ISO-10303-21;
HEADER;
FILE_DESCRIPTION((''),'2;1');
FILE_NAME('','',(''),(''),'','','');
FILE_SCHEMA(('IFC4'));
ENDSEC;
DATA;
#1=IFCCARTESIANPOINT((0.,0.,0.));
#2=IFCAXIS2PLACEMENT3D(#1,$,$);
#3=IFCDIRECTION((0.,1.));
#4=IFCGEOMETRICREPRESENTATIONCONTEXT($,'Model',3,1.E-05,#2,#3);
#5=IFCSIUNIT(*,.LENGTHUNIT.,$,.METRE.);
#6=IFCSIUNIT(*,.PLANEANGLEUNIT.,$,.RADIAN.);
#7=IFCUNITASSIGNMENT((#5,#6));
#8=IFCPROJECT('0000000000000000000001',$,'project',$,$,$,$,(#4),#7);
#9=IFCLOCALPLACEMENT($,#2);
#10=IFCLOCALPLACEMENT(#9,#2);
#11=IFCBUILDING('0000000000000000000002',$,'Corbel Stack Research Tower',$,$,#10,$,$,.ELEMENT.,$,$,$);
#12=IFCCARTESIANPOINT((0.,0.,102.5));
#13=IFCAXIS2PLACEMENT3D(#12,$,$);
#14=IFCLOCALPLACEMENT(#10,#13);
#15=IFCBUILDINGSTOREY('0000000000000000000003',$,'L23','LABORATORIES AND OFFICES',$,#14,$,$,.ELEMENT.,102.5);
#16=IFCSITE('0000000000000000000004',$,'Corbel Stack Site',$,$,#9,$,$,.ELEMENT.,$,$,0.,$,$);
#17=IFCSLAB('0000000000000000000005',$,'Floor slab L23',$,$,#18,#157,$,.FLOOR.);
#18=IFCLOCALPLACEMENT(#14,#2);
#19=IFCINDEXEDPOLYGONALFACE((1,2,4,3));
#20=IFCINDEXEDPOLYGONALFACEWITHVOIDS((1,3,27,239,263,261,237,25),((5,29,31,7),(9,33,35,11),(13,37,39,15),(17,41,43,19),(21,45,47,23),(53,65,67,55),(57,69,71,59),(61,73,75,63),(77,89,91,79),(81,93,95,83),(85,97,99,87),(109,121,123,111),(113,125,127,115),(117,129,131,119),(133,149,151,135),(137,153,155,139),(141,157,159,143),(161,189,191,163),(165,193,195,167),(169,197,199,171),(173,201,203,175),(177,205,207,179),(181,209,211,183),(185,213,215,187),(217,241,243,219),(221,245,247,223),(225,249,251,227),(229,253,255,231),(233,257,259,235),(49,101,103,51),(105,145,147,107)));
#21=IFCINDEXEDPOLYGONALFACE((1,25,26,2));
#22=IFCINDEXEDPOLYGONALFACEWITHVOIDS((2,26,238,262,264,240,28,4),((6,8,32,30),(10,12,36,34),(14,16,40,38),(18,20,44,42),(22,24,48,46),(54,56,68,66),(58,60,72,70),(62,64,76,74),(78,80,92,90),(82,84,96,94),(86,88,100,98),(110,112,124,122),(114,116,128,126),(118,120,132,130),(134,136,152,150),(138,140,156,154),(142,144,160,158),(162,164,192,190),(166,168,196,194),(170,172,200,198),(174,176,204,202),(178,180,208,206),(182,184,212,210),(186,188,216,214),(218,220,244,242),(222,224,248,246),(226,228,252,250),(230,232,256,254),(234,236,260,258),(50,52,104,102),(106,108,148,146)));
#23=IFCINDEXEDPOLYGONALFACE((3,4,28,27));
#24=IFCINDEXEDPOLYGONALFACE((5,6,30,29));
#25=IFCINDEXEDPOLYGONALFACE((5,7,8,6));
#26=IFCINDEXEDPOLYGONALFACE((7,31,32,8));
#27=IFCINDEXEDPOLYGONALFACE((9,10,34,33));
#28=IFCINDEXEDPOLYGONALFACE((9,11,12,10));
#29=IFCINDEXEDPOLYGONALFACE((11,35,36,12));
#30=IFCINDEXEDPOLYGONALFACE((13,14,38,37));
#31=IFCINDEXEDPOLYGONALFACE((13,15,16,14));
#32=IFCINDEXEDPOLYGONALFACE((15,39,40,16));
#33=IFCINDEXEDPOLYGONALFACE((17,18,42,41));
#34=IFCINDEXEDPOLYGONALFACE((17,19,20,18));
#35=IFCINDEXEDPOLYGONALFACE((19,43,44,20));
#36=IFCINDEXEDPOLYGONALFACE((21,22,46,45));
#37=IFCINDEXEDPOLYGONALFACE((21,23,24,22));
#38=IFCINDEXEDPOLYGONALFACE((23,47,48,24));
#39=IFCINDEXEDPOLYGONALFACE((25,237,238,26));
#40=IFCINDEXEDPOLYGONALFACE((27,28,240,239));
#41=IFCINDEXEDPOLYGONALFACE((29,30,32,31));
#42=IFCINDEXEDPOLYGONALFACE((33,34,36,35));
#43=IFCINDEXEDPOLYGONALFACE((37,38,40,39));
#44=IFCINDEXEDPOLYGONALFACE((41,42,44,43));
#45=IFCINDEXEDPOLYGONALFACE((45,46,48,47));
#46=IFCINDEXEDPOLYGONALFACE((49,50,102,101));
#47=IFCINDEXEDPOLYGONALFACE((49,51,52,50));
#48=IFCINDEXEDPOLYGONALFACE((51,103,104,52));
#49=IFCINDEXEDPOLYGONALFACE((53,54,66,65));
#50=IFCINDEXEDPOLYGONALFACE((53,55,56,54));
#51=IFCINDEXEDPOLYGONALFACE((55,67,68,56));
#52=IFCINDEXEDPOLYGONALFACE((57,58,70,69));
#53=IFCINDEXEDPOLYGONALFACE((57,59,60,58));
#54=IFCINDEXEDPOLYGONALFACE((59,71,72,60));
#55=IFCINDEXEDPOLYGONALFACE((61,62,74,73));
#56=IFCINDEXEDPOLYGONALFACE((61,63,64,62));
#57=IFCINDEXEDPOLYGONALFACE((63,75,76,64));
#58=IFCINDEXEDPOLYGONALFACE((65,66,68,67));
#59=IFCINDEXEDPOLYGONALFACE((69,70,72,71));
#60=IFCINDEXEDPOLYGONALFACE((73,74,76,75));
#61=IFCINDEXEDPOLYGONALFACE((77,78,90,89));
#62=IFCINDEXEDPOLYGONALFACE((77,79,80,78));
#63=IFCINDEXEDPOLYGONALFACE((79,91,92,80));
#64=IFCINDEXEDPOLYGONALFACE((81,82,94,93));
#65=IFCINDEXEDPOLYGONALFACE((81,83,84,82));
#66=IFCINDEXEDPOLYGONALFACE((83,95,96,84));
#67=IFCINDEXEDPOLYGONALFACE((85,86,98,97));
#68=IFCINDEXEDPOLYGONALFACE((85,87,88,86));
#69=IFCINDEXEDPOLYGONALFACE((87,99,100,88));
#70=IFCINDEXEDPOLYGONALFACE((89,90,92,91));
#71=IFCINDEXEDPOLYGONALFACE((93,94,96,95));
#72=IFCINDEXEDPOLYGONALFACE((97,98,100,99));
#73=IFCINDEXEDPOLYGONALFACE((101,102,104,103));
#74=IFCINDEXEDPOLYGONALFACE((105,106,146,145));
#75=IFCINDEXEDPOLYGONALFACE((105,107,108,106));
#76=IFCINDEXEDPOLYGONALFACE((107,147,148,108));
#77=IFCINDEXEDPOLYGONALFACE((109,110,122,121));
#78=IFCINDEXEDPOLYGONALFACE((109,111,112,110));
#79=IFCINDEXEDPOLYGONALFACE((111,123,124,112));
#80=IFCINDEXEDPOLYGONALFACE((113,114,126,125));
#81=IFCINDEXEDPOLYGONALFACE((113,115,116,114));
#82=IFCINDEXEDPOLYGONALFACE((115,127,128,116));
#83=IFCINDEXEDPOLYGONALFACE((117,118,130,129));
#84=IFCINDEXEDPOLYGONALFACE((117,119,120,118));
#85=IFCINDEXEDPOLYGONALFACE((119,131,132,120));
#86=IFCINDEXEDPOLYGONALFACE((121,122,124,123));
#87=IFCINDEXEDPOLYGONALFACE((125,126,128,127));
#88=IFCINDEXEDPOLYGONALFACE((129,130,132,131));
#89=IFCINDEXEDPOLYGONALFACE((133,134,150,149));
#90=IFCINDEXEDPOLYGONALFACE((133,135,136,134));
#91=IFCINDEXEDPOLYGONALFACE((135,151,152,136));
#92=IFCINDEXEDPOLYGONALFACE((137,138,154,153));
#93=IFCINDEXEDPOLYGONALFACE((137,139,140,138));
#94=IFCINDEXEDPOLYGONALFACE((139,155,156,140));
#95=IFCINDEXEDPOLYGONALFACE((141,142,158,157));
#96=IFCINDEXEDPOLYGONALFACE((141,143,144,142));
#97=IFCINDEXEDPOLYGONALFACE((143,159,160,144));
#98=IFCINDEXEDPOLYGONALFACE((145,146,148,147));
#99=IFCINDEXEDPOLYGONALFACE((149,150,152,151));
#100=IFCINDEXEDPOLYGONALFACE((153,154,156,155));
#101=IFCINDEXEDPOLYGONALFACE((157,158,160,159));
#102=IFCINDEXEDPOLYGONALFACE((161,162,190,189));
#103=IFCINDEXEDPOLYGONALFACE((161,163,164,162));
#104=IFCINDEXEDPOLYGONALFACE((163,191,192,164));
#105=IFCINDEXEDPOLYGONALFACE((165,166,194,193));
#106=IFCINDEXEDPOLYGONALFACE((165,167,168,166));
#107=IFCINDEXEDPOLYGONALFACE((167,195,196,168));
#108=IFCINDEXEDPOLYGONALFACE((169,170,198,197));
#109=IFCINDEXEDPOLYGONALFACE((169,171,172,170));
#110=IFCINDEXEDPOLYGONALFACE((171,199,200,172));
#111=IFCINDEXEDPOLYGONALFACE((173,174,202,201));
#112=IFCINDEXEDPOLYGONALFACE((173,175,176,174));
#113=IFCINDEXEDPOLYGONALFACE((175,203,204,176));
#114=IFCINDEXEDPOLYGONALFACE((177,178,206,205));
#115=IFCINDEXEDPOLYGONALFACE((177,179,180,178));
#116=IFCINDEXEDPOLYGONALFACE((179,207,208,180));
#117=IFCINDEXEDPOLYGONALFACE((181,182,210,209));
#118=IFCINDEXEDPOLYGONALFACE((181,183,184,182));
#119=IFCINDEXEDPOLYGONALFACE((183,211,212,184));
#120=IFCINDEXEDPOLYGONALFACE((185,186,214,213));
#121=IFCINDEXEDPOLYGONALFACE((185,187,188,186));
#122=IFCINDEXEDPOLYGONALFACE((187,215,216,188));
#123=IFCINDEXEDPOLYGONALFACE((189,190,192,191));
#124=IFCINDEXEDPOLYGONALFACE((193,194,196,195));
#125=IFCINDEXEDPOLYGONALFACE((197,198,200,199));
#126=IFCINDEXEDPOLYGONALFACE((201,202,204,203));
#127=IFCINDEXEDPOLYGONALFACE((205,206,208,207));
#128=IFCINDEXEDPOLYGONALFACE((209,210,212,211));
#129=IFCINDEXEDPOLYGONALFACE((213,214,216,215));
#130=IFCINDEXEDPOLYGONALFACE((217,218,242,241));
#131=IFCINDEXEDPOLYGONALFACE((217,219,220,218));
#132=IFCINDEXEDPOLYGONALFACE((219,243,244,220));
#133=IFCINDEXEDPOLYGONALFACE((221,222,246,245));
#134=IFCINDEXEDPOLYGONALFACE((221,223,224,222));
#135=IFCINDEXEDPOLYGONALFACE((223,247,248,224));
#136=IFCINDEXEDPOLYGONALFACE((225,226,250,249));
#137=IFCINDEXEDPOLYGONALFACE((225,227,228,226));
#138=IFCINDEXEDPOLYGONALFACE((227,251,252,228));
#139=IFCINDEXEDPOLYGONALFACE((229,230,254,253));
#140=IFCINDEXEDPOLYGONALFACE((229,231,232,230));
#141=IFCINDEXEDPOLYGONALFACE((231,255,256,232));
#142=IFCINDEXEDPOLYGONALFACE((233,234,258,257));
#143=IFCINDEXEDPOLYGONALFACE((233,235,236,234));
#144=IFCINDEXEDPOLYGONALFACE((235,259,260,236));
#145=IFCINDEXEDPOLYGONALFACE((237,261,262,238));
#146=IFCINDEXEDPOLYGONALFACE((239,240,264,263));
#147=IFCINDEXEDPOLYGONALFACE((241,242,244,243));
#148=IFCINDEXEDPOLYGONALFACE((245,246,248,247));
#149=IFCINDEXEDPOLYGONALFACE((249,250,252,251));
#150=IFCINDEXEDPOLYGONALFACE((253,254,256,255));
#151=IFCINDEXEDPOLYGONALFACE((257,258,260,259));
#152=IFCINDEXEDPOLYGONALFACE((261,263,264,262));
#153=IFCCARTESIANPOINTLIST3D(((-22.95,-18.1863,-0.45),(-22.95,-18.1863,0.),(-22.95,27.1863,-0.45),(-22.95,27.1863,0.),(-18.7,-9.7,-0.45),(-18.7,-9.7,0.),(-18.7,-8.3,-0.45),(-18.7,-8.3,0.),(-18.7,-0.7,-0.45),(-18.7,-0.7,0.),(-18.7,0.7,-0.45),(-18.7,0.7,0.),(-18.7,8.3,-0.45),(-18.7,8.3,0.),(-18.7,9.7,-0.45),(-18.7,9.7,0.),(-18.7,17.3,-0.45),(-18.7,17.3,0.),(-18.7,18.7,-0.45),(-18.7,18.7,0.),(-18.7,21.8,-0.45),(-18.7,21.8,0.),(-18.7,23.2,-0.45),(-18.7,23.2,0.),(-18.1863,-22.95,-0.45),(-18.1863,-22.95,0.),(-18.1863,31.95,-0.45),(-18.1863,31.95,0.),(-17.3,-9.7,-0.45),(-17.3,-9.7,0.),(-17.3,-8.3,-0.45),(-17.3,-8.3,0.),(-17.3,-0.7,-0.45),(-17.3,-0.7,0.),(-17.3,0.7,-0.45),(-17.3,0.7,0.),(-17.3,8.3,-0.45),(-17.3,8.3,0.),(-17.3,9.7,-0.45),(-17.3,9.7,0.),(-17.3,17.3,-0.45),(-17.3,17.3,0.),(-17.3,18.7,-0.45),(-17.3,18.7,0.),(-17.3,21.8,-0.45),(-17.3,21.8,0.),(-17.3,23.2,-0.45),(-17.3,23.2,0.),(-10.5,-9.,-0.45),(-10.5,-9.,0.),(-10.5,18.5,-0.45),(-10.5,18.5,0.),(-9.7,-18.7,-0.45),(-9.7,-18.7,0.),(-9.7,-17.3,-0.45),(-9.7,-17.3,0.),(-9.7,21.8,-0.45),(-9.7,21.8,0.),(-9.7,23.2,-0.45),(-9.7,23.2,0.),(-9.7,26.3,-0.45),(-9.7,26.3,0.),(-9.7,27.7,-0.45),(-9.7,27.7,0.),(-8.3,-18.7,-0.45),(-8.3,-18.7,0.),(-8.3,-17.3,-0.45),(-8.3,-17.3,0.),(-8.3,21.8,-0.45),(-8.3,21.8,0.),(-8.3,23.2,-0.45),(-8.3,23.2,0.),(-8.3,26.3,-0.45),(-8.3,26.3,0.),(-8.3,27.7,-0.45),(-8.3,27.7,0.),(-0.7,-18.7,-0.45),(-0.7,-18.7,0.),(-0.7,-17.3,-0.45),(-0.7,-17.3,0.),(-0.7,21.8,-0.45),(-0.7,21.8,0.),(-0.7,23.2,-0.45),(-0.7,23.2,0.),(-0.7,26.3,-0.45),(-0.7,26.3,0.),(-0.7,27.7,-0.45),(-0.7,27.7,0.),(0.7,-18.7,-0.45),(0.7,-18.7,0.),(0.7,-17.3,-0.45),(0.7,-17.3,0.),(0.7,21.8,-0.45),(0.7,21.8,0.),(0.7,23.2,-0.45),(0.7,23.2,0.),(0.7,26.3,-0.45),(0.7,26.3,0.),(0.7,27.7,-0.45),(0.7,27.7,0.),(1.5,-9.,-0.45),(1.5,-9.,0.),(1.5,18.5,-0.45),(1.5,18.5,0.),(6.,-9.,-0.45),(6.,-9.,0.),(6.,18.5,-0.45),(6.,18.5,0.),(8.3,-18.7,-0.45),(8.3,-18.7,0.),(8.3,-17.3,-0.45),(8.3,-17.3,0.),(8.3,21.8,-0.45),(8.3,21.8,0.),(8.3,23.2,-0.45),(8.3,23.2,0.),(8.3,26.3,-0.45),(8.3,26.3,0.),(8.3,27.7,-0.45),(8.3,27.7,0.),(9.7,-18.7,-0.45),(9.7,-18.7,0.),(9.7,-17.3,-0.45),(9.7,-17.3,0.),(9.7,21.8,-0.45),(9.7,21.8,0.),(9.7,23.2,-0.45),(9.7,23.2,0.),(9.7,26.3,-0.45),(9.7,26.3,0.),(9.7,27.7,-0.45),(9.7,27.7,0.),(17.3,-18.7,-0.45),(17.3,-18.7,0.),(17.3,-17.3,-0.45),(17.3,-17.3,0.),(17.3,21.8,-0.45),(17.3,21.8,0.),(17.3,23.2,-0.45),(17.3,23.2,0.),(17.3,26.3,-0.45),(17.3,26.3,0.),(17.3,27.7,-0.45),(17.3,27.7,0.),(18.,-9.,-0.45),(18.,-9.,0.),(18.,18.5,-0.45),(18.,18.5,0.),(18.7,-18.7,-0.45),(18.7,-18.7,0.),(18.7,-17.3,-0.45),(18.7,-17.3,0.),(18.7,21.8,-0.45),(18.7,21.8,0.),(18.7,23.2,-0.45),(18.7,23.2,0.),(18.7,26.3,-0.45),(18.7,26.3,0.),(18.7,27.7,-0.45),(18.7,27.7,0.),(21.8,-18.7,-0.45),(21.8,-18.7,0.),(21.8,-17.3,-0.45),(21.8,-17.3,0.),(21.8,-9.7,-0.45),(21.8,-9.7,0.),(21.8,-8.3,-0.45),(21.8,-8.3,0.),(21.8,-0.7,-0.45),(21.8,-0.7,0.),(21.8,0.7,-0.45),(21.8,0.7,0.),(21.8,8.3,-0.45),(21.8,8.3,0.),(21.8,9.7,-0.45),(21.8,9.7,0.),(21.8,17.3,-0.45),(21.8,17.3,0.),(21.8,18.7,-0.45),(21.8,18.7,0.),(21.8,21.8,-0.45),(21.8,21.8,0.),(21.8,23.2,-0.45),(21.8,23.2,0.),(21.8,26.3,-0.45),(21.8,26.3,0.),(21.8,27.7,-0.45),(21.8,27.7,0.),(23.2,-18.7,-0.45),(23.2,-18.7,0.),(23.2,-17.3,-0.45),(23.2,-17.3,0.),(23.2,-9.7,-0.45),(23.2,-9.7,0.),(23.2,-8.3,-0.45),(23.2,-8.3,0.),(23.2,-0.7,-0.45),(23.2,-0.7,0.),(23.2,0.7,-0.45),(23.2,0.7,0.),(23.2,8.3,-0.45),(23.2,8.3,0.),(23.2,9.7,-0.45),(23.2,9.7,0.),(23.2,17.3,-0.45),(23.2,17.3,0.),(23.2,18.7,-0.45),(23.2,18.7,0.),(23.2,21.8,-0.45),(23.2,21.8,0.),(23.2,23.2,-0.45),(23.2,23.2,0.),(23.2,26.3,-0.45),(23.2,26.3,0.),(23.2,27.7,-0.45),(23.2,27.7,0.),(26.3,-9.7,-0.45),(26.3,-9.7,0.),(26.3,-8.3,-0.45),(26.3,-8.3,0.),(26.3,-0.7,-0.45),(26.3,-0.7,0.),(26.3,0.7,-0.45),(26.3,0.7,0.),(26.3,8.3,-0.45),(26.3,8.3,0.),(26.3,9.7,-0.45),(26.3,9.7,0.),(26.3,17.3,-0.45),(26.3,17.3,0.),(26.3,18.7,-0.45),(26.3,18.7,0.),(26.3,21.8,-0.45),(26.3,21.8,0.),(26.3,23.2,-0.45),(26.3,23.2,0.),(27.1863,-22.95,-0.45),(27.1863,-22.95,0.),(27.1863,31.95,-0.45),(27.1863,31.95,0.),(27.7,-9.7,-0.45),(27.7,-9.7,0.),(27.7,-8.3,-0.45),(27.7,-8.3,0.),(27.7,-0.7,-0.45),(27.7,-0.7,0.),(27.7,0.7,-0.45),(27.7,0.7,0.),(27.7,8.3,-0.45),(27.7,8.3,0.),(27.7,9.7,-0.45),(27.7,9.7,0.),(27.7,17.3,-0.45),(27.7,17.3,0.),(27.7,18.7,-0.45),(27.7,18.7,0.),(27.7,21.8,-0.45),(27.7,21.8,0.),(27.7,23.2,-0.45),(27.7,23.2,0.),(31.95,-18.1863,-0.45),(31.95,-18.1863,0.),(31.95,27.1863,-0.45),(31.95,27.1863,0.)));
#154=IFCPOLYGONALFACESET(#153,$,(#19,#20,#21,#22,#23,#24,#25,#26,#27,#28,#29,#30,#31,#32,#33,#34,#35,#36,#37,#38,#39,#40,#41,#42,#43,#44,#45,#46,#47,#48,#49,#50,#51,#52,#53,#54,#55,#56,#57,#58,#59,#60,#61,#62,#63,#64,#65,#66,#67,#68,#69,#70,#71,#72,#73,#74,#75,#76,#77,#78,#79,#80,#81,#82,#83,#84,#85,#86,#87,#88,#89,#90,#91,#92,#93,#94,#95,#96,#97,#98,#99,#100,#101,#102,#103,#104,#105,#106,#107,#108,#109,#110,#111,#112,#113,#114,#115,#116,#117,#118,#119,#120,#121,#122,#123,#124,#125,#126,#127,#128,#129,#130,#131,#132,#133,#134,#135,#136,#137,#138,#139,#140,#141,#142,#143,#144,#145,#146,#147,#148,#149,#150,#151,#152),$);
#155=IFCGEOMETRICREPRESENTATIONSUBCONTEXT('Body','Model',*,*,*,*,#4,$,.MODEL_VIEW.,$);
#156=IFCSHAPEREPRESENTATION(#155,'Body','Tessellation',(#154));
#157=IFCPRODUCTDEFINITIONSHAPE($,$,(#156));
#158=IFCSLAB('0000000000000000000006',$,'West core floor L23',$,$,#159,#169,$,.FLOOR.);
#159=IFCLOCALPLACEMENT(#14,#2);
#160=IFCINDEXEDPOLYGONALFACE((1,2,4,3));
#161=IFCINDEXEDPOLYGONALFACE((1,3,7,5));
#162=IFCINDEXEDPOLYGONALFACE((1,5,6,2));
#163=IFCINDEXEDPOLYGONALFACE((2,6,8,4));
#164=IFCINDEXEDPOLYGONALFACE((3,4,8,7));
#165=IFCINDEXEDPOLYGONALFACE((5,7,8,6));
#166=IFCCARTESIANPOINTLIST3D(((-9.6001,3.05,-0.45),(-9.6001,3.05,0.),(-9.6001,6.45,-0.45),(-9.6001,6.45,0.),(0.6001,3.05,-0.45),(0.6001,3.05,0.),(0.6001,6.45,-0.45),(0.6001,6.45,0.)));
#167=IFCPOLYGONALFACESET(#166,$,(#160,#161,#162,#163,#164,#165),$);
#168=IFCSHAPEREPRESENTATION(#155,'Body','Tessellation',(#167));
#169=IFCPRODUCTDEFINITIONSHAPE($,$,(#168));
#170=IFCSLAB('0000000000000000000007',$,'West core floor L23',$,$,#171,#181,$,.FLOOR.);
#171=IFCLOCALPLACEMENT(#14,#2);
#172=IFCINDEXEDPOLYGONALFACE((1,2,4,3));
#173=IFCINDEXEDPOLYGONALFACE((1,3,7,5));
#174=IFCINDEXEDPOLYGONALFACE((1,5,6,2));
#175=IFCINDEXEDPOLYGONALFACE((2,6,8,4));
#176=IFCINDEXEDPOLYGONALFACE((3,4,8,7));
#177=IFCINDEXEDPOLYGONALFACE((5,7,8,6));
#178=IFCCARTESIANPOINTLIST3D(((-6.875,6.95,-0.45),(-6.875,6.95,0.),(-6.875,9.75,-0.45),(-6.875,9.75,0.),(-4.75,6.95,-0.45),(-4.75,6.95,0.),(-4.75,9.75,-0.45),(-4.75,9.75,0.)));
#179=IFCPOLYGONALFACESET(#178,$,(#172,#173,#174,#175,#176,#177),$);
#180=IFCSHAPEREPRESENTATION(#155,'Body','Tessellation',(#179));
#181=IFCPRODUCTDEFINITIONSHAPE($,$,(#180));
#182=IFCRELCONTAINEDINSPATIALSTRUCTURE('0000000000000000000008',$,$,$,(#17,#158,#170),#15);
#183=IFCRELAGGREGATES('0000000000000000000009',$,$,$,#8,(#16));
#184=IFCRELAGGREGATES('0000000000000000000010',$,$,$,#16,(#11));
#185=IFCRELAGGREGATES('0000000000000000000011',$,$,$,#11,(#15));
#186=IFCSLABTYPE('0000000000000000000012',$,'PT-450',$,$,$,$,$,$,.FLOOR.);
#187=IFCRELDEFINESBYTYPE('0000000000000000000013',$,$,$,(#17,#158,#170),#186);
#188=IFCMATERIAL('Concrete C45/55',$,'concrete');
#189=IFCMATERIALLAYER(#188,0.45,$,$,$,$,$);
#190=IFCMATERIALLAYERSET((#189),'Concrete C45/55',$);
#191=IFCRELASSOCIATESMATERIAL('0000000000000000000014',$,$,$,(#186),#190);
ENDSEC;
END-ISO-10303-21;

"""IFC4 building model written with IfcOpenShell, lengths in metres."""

from ifc_helpers import new_model, si_unit, direction, frame, origin, place, context, subcontext, project, spatial, polyline, outline, extrude, material, layer, layer_set, type_object, element, save


model = new_model("IFC4")

# Units and contexts
model_context = context("Model", 3, precision=1e-05, world=origin(), true_north=direction((0.0, 1.0)))
body_context = subcontext(model_context, "Body", "Model", "MODEL_VIEW")
ifc_project = project(units=[si_unit("LENGTHUNIT", "METRE"), si_unit("PLANEANGLEUNIT", "RADIAN")], contexts=[model_context])

# Site, building, storey
site_placement = place(None, origin())
site = spatial("IfcSite", under=ifc_project, at=site_placement, Name="Corbel Stack Site", CompositionType="ELEMENT", RefElevation=0.0)
building_placement = place(site_placement, origin())
building = spatial("IfcBuilding", under=site, at=building_placement, Name="Corbel Stack Research Tower", CompositionType="ELEMENT")
storey_placement = place(building_placement, frame((0.0, 0.0, 102.5)))
storey = spatial("IfcBuildingStorey", under=building, at=storey_placement, Name="L23", Description="LABORATORIES AND OFFICES", CompositionType="ELEMENT", Elevation=102.5)

# Slabs
ifc_material_1 = material(Name="Concrete C45/55", Category="concrete")
ifc_layer_1 = layer(ifc_material_1, 0.45)
ifc_layer_set_1 = layer_set([ifc_layer_1], Name="Concrete C45/55")
slab_type_1 = type_object("IfcSlabType", Name="PT-450", PredefinedType="FLOOR", material=ifc_layer_set_1)
slab_1_placement = place(storey_placement, frame((0.0, 0.0, -0.45)))
element("IfcSlab", 1, at=slab_1_placement, inside=storey, type_object=slab_type_1, Name="Floor slab L23", PredefinedType="FLOOR", context=body_context, shape_type="SweptSolid", body=[
    extrude(outline(polyline([(-18.1863, -22.95), (27.1863, -22.95), (31.95, -18.1863), (31.95, 27.1863), (27.1863, 31.95), (-18.1863, 31.95), (-22.95, 27.1863), (-22.95, -18.1863), (-18.1863, -22.95)]), holes=[polyline([(26.3, 21.8), (26.3, 23.2), (27.7, 23.2), (27.7, 21.8), (26.3, 21.8)]), polyline([(26.3, -9.7), (26.3, -8.3), (27.7, -8.3), (27.7, -9.7), (26.3, -9.7)]), polyline([(26.3, -0.7), (26.3, 0.7), (27.7, 0.7), (27.7, -0.7), (26.3, -0.7)]), polyline([(26.3, 8.3), (26.3, 9.7), (27.7, 9.7), (27.7, 8.3), (26.3, 8.3)]), polyline([(26.3, 17.3), (26.3, 18.7), (27.7, 18.7), (27.7, 17.3), (26.3, 17.3)]), polyline([(21.8, 26.3), (21.8, 27.7), (23.2, 27.7), (23.2, 26.3), (21.8, 26.3)]), polyline([(21.8, 21.8), (21.8, 23.2), (23.2, 23.2), (23.2, 21.8), (21.8, 21.8)]), polyline([(21.8, 17.3), (21.8, 18.7), (23.2, 18.7), (23.2, 17.3), (21.8, 17.3)]), polyline([(21.8, 8.3), (21.8, 9.7), (23.2, 9.7), (23.2, 8.3), (21.8, 8.3)]), polyline([(21.8, -0.7), (21.8, 0.7), (23.2, 0.7), (23.2, -0.7), (21.8, -0.7)]), polyline([(21.8, -9.7), (21.8, -8.3), (23.2, -8.3), (23.2, -9.7), (21.8, -9.7)]), polyline([(21.8, -18.7), (21.8, -17.3), (23.2, -17.3), (23.2, -18.7), (21.8, -18.7)]), polyline([(17.3, 26.3), (17.3, 27.7), (18.7, 27.7), (18.7, 26.3), (17.3, 26.3)]), polyline([(17.3, 21.8), (17.3, 23.2), (18.7, 23.2), (18.7, 21.8), (17.3, 21.8)]), polyline([(17.3, -18.7), (17.3, -17.3), (18.7, -17.3), (18.7, -18.7), (17.3, -18.7)]), polyline([(6.0, -9.0), (6.0, 18.5), (18.0, 18.5), (18.0, -9.0), (6.0, -9.0)]), polyline([(8.3, 26.3), (8.3, 27.7), (9.7, 27.7), (9.7, 26.3), (8.3, 26.3)]), polyline([(8.3, 21.8), (8.3, 23.2), (9.7, 23.2), (9.7, 21.8), (8.3, 21.8)]), polyline([(8.3, -18.7), (8.3, -17.3), (9.7, -17.3), (9.7, -18.7), (8.3, -18.7)]), polyline([(-10.5, -9.0), (-10.5, 18.5), (1.5, 18.5), (1.5, -9.0), (-10.5, -9.0)]), polyline([(-0.7, 26.3), (-0.7, 27.7), (0.7, 27.7), (0.7, 26.3), (-0.7, 26.3)]), polyline([(-0.7, 21.8), (-0.7, 23.2), (0.7, 23.2), (0.7, 21.8), (-0.7, 21.8)]), polyline([(-0.7, -18.7), (-0.7, -17.3), (0.7, -17.3), (0.7, -18.7), (-0.7, -18.7)]), polyline([(-9.7, 26.3), (-9.7, 27.7), (-8.3, 27.7), (-8.3, 26.3), (-9.7, 26.3)]), polyline([(-9.7, 21.8), (-9.7, 23.2), (-8.3, 23.2), (-8.3, 21.8), (-9.7, 21.8)]), polyline([(-8.3, -18.7), (-9.7, -18.7), (-9.7, -17.3), (-8.3, -17.3), (-8.3, -18.7)]), polyline([(-18.7, 21.8), (-18.7, 23.2), (-17.3, 23.2), (-17.3, 21.8), (-18.7, 21.8)]), polyline([(-18.7, 17.3), (-18.7, 18.7), (-17.3, 18.7), (-17.3, 17.3), (-18.7, 17.3)]), polyline([(-18.7, 8.3), (-18.7, 9.7), (-17.3, 9.7), (-17.3, 8.3), (-18.7, 8.3)]), polyline([(-18.7, -0.7), (-18.7, 0.7), (-17.3, 0.7), (-17.3, -0.7), (-18.7, -0.7)]), polyline([(-18.7, -9.7), (-18.7, -8.3), (-17.3, -8.3), (-17.3, -9.7), (-18.7, -9.7)])]), origin(), (0.0, 0.0, 1.0), 0.45),
])
slab_2_placement = place(storey_placement, frame((0.0, 0.0, -0.45)))
element("IfcSlab", 2, at=slab_2_placement, inside=storey, type_object=slab_type_1, Name="West core floor L23", PredefinedType="FLOOR", context=body_context, shape_type="SweptSolid", body=[
    extrude(outline(polyline([(0.6001, 6.45), (-9.6001, 6.45), (-9.6001, 3.05), (0.6001, 3.05), (0.6001, 6.45)])), origin(), (0.0, 0.0, 1.0), 0.45),
])
slab_3_placement = place(storey_placement, frame((0.0, 0.0, -0.45)))
element("IfcSlab", 3, at=slab_3_placement, inside=storey, type_object=slab_type_1, Name="West core floor L23", PredefinedType="FLOOR", context=body_context, shape_type="SweptSolid", body=[
    extrude(outline(polyline([(-6.875, 6.95), (-4.75, 6.95), (-4.75, 9.75), (-6.875, 9.75), (-6.875, 6.95)])), origin(), (0.0, 0.0, 1.0), 0.45),
])

save(model, "model.ifc")
